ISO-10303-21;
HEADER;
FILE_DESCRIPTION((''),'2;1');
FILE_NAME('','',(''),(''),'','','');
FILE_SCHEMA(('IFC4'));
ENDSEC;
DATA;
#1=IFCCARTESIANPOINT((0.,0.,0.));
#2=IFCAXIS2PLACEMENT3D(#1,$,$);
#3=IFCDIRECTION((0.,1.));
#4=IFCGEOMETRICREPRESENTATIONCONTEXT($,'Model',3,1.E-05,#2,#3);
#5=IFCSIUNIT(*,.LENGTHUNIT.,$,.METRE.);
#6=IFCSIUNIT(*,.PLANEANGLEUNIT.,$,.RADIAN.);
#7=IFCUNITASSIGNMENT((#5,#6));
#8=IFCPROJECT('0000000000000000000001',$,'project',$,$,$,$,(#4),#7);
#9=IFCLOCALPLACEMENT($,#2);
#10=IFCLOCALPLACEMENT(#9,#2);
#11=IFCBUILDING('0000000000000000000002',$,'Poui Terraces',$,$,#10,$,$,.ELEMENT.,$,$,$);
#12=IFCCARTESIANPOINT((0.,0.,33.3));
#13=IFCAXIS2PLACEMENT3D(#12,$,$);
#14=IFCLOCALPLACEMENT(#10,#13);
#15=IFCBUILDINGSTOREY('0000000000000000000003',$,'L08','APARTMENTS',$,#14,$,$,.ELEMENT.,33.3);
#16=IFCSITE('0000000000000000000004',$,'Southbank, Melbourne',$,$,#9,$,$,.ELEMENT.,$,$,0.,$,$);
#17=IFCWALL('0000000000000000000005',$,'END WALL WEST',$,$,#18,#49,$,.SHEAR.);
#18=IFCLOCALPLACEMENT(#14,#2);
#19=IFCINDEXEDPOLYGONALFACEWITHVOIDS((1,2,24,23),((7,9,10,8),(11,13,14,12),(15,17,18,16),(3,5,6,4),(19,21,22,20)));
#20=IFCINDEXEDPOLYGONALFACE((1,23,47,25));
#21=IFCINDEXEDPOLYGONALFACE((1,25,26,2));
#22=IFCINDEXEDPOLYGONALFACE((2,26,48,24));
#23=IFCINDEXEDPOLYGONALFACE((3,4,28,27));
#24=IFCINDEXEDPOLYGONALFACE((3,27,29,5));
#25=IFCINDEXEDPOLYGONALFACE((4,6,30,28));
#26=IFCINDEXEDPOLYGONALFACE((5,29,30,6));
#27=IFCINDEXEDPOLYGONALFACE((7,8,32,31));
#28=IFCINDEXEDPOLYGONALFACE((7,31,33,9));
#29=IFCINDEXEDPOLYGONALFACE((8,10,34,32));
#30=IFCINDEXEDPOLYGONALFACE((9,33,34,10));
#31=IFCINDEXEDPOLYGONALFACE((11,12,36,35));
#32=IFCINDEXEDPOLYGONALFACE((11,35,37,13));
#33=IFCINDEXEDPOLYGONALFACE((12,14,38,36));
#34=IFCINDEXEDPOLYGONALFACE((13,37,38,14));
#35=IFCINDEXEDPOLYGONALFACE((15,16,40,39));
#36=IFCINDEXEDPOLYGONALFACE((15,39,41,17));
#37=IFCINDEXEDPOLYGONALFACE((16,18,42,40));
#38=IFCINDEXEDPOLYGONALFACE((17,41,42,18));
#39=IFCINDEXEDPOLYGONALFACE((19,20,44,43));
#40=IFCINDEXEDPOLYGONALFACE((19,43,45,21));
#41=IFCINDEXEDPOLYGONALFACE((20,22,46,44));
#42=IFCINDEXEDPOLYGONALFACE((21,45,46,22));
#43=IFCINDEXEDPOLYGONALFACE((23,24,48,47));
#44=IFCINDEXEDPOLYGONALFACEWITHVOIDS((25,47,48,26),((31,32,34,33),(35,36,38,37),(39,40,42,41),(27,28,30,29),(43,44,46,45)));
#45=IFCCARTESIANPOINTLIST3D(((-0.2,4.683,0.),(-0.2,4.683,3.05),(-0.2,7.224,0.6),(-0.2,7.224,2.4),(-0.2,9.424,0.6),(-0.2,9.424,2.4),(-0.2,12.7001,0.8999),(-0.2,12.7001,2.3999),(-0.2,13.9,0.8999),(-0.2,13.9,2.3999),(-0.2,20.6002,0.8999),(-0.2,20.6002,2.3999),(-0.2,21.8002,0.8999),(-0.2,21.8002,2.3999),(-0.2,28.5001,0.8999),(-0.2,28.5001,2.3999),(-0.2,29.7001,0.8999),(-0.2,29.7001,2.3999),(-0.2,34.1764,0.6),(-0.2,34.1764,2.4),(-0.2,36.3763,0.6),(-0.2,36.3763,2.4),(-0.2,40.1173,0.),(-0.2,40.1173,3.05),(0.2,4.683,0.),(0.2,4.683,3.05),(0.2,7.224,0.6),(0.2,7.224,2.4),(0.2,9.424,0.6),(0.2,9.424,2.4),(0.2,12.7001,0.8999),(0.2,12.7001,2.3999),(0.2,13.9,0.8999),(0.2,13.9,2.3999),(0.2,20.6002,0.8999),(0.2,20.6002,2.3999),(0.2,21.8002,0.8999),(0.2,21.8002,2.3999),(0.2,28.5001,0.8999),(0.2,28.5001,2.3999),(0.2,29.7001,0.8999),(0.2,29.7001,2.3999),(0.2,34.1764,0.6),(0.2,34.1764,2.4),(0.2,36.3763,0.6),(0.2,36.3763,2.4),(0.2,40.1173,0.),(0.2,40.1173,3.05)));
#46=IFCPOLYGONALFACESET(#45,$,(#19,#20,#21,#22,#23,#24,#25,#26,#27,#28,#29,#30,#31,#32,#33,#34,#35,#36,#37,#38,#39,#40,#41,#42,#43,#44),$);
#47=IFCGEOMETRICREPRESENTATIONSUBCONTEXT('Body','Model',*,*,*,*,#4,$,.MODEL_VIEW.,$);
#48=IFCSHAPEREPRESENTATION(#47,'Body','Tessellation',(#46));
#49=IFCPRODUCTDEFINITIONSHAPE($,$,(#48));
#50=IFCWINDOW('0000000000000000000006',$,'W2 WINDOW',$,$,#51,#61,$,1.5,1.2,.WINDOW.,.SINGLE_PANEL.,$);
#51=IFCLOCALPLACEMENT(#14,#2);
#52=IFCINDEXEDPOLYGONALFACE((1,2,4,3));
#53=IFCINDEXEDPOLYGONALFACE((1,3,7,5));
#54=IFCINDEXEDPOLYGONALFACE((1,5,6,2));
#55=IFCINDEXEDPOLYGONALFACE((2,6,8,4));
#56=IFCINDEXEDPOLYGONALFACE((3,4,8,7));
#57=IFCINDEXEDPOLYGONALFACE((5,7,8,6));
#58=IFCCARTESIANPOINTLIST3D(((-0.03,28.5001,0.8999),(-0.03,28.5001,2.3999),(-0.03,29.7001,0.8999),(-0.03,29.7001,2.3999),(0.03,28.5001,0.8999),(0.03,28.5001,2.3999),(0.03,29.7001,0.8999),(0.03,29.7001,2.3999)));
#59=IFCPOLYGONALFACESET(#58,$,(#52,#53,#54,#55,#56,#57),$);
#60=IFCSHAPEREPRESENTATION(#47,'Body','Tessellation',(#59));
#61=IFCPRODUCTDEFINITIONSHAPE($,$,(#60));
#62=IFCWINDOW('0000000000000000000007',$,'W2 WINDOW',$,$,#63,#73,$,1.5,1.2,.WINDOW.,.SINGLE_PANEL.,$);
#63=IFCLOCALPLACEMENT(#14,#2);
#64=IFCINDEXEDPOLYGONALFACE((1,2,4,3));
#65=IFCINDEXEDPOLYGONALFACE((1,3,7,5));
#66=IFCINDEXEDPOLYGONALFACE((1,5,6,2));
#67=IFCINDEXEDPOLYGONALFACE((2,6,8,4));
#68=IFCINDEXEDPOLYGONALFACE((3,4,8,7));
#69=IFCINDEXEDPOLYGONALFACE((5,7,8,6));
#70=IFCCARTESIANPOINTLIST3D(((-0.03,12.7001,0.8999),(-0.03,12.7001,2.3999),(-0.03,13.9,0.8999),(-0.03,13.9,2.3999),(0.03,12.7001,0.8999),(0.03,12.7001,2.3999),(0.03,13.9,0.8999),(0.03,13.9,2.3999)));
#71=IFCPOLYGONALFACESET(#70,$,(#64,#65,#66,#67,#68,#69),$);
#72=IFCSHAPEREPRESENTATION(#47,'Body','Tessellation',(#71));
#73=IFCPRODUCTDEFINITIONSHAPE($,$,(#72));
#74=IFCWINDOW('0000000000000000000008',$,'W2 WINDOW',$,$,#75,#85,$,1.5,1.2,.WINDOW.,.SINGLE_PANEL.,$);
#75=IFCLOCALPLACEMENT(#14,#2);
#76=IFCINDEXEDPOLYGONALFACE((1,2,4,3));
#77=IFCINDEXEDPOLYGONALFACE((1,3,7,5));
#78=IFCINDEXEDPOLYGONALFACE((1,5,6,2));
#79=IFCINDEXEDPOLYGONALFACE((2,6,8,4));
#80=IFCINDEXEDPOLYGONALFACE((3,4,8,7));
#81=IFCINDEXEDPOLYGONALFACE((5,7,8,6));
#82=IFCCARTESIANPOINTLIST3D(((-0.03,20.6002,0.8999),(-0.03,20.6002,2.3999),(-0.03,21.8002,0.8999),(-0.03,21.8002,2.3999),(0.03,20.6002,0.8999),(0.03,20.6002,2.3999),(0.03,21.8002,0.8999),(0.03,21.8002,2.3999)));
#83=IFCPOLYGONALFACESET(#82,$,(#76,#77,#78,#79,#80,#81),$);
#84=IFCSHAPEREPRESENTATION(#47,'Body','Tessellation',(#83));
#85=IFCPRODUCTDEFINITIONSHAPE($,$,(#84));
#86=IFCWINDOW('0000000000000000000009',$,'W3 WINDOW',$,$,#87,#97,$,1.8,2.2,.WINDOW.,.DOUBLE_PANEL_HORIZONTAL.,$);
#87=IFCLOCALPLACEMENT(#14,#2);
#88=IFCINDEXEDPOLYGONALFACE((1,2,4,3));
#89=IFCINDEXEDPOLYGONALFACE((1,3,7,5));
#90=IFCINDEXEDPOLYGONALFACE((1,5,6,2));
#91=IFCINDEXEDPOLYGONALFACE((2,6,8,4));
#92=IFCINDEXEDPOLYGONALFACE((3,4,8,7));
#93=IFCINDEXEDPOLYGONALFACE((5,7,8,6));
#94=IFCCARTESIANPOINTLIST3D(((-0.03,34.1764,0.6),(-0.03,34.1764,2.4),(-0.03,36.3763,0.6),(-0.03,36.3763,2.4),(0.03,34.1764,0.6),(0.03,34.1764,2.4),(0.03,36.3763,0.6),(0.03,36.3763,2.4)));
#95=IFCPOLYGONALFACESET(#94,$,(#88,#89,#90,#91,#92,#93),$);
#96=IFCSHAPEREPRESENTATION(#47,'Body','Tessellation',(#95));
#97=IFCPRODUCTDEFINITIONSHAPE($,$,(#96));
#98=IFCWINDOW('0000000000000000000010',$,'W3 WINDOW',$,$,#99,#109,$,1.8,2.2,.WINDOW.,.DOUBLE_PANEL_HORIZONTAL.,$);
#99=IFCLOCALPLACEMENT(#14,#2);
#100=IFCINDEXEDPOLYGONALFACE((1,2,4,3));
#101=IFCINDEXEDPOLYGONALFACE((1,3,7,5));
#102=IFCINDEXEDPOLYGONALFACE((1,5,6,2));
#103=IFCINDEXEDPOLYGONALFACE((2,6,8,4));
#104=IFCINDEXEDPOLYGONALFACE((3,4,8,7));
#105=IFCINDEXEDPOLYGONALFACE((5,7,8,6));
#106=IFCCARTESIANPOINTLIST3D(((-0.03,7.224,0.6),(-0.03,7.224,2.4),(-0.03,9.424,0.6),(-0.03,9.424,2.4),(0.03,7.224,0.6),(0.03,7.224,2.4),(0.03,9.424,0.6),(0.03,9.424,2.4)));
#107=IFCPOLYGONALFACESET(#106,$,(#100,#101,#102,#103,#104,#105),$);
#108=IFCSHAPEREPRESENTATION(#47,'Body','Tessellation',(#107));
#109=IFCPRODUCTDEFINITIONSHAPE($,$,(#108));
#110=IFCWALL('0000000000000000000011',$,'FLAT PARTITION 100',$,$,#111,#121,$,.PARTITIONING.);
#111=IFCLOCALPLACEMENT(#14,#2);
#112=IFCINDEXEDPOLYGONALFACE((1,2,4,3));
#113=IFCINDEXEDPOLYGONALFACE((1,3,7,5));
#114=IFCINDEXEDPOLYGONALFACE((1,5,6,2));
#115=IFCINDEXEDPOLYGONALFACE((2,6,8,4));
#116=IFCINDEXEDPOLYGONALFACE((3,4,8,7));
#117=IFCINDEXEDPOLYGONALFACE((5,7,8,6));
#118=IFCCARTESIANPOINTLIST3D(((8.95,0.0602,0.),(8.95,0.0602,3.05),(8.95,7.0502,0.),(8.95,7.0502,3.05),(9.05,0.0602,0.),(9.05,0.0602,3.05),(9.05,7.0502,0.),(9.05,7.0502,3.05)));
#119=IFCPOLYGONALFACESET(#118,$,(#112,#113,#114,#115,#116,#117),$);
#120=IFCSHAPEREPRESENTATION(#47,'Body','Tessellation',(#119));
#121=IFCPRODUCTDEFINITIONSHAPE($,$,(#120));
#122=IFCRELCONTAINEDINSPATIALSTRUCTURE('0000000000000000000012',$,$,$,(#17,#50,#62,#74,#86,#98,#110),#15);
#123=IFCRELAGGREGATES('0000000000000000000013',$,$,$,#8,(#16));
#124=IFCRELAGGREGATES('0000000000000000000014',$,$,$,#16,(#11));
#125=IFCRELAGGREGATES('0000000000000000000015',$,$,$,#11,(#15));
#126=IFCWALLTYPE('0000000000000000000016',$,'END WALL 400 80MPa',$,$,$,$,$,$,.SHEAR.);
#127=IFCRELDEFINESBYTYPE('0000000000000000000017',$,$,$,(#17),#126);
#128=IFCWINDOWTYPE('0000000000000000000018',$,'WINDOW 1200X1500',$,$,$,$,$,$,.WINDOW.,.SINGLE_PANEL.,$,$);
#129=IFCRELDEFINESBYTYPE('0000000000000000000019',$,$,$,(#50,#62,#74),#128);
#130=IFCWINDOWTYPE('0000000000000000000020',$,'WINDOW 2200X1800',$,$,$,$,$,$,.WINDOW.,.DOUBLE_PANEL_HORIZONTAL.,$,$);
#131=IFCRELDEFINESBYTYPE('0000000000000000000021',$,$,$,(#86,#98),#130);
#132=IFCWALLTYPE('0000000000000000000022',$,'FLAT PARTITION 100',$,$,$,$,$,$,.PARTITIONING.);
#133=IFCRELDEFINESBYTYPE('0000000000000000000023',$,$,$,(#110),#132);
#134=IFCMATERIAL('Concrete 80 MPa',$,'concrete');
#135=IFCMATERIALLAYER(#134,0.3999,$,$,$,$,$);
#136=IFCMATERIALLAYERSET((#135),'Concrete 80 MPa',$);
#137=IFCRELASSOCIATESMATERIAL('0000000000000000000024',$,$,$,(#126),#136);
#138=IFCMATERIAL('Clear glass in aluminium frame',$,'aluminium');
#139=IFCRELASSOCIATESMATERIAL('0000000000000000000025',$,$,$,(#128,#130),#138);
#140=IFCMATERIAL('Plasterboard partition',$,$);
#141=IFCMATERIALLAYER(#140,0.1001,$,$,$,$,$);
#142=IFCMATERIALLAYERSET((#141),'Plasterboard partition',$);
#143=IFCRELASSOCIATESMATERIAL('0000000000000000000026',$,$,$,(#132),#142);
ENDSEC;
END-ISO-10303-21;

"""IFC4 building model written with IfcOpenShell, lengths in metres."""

from ifc_helpers import new_model, si_unit, direction, frame, frame_2d, origin, place, context, subcontext, project, spatial, rectangle, extrude, material, layer, layer_set, type_object, element, fill, save


model = new_model("IFC4")

# Units and contexts
model_context = context("Model", 3, precision=1e-05, world=origin(), true_north=direction((0.0, 1.0)))
body_context = subcontext(model_context, "Body", "Model", "MODEL_VIEW")
ifc_project = project(units=[si_unit("LENGTHUNIT", "METRE"), si_unit("PLANEANGLEUNIT", "RADIAN")], contexts=[model_context])

# Site, building, storey
site_placement = place(None, origin())
site = spatial("IfcSite", under=ifc_project, at=site_placement, Name="Southbank, Melbourne", CompositionType="ELEMENT", RefElevation=0.0)
building_placement = place(site_placement, origin())
building = spatial("IfcBuilding", under=site, at=building_placement, Name="Poui Terraces", CompositionType="ELEMENT")
storey_placement = place(building_placement, frame((0.0, 0.0, 33.3)))
storey = spatial("IfcBuildingStorey", under=building, at=storey_placement, Name="L08", Description="APARTMENTS", CompositionType="ELEMENT", Elevation=33.3)

# Shared definitions
ifc_material_1 = material(Name="Concrete 80 MPa", Category="concrete")

# Wall, openings, windows
ifc_layer_1 = layer(ifc_material_1, 0.3999)
ifc_layer_set_1 = layer_set([ifc_layer_1], Name="Concrete 80 MPa")
wall_type_1 = type_object("IfcWallType", Name="END WALL 400 80MPa", PredefinedType="SHEAR", material=ifc_layer_set_1)
wall_1_placement = place(storey_placement, frame((0.0, 4.6829, 0.0), z_axis=(0.0, 0.0, 1.0), x_axis=(0.0, 1.0, 0.0)))
wall_1 = element("IfcWall", 1, at=wall_1_placement, inside=storey, type_object=wall_type_1, Name="END WALL WEST", PredefinedType="SHEAR", context=body_context, shape_type="SweptSolid", body=[
    extrude(rectangle(XDim=35.4343, YDim=0.3999, at=frame_2d((17.7173, 0.0))), origin(), (0.0, 0.0, 1.0), 3.05),
])
opening_1_placement = place(wall_1_placement, frame((23.8171, 0.0, 0.8999)))
opening_1 = element("IfcOpeningElement", 2, at=opening_1_placement, cuts=wall_1, PredefinedType="OPENING", context=body_context, shape_type="SweptSolid", body=[
    extrude(rectangle(XDim=1.2, YDim=1.5, at=frame_2d((0.6001, 0.75))), frame((0.0, 0.21, 0.0), z_axis=(0.0, -1.0, 0.0), x_axis=(1.0, 0.0, 0.0)), (0.0, 0.0, 1.0), 0.4199),
])
opening_2_placement = place(wall_1_placement, frame((8.0171, 0.0, 0.8999)))
opening_2 = element("IfcOpeningElement", 3, at=opening_2_placement, cuts=wall_1, PredefinedType="OPENING", context=body_context, shape_type="SweptSolid", body=[
    extrude(rectangle(XDim=1.2, YDim=1.5, at=frame_2d((0.6001, 0.75))), frame((0.0, 0.21, 0.0), z_axis=(0.0, -1.0, 0.0), x_axis=(1.0, 0.0, 0.0)), (0.0, 0.0, 1.0), 0.4199),
])
opening_3_placement = place(wall_1_placement, frame((15.9172, 0.0, 0.8999)))
opening_3 = element("IfcOpeningElement", 4, at=opening_3_placement, cuts=wall_1, PredefinedType="OPENING", context=body_context, shape_type="SweptSolid", body=[
    extrude(rectangle(XDim=1.2, YDim=1.5, at=frame_2d((0.6001, 0.75))), frame((0.0, 0.21, 0.0), z_axis=(0.0, -1.0, 0.0), x_axis=(1.0, 0.0, 0.0)), (0.0, 0.0, 1.0), 0.4199),
])
opening_4_placement = place(wall_1_placement, frame((29.4934, 0.0, 0.6001)))
opening_4 = element("IfcOpeningElement", 5, at=opening_4_placement, cuts=wall_1, PredefinedType="OPENING", context=body_context, shape_type="SweptSolid", body=[
    extrude(rectangle(XDim=2.2, YDim=1.8, at=frame_2d((1.1001, 0.8999))), frame((0.0, 0.21, 0.0), z_axis=(0.0, -1.0, 0.0), x_axis=(1.0, 0.0, 0.0)), (0.0, 0.0, 1.0), 0.4199),
])
opening_5_placement = place(wall_1_placement, frame((2.541, 0.0, 0.6001)))
opening_5 = element("IfcOpeningElement", 6, at=opening_5_placement, cuts=wall_1, PredefinedType="OPENING", context=body_context, shape_type="SweptSolid", body=[
    extrude(rectangle(XDim=2.2, YDim=1.8, at=frame_2d((1.1001, 0.8999))), frame((0.0, 0.21, 0.0), z_axis=(0.0, -1.0, 0.0), x_axis=(1.0, 0.0, 0.0)), (0.0, 0.0, 1.0), 0.4199),
])
ifc_material_2 = material(Name="Clear glass in aluminium frame", Category="aluminium")
window_type_1 = type_object("IfcWindowType", Name="WINDOW 1200X1500", PartitioningType="SINGLE_PANEL", PredefinedType="WINDOW", material=ifc_material_2)
window_1_placement = place(opening_1_placement, origin())
window_1 = element("IfcWindow", 7, at=window_1_placement, inside=storey, type_object=window_type_1, Name="W2 WINDOW", OverallHeight=1.5, OverallWidth=1.2, PartitioningType="SINGLE_PANEL", PredefinedType="WINDOW", context=body_context, shape_type="SweptSolid", body=[
    extrude(rectangle(XDim=1.2, YDim=1.5, at=frame_2d((0.6001, 0.75))), frame((0.0, 0.03, 0.0), z_axis=(0.0, -1.0, 0.0), x_axis=(1.0, 0.0, 0.0)), (0.0, 0.0, 1.0), 0.0601),
])
fill(opening_1, window_1)
window_2_placement = place(opening_2_placement, origin())
window_2 = element("IfcWindow", 8, at=window_2_placement, inside=storey, type_object=window_type_1, Name="W2 WINDOW", OverallHeight=1.5, OverallWidth=1.2, PartitioningType="SINGLE_PANEL", PredefinedType="WINDOW", context=body_context, shape_type="SweptSolid", body=[
    extrude(rectangle(XDim=1.2, YDim=1.5, at=frame_2d((0.6001, 0.75))), frame((0.0, 0.03, 0.0), z_axis=(0.0, -1.0, 0.0), x_axis=(1.0, 0.0, 0.0)), (0.0, 0.0, 1.0), 0.0601),
])
fill(opening_2, window_2)
window_3_placement = place(opening_3_placement, origin())
window_3 = element("IfcWindow", 9, at=window_3_placement, inside=storey, type_object=window_type_1, Name="W2 WINDOW", OverallHeight=1.5, OverallWidth=1.2, PartitioningType="SINGLE_PANEL", PredefinedType="WINDOW", context=body_context, shape_type="SweptSolid", body=[
    extrude(rectangle(XDim=1.2, YDim=1.5, at=frame_2d((0.6001, 0.75))), frame((0.0, 0.03, 0.0), z_axis=(0.0, -1.0, 0.0), x_axis=(1.0, 0.0, 0.0)), (0.0, 0.0, 1.0), 0.0601),
])
fill(opening_3, window_3)
window_type_2 = type_object("IfcWindowType", Name="WINDOW 2200X1800", PartitioningType="DOUBLE_PANEL_HORIZONTAL", PredefinedType="WINDOW", material=ifc_material_2)
window_4_placement = place(opening_4_placement, origin())
window_4 = element("IfcWindow", 10, at=window_4_placement, inside=storey, type_object=window_type_2, Name="W3 WINDOW", OverallHeight=1.8, OverallWidth=2.2, PartitioningType="DOUBLE_PANEL_HORIZONTAL", PredefinedType="WINDOW", context=body_context, shape_type="SweptSolid", body=[
    extrude(rectangle(XDim=2.2, YDim=1.8, at=frame_2d((1.1001, 0.8999))), frame((0.0, 0.03, 0.0), z_axis=(0.0, -1.0, 0.0), x_axis=(1.0, 0.0, 0.0)), (0.0, 0.0, 1.0), 0.0601),
])
fill(opening_4, window_4)
window_5_placement = place(opening_5_placement, origin())
window_5 = element("IfcWindow", 11, at=window_5_placement, inside=storey, type_object=window_type_2, Name="W3 WINDOW", OverallHeight=1.8, OverallWidth=2.2, PartitioningType="DOUBLE_PANEL_HORIZONTAL", PredefinedType="WINDOW", context=body_context, shape_type="SweptSolid", body=[
    extrude(rectangle(XDim=2.2, YDim=1.8, at=frame_2d((1.1001, 0.8999))), frame((0.0, 0.03, 0.0), z_axis=(0.0, -1.0, 0.0), x_axis=(1.0, 0.0, 0.0)), (0.0, 0.0, 1.0), 0.0601),
])
fill(opening_5, window_5)

# Wall
ifc_material_3 = material(Name="Plasterboard partition")
ifc_layer_2 = layer(ifc_material_3, 0.1001)
ifc_layer_set_2 = layer_set([ifc_layer_2], Name="Plasterboard partition")
wall_type_2 = type_object("IfcWallType", Name="FLAT PARTITION 100", PredefinedType="PARTITIONING", material=ifc_layer_set_2)
wall_2_placement = place(storey_placement, frame((9.0, 0.0601, 0.0), z_axis=(0.0, 0.0, 1.0), x_axis=(0.0, 1.0, 0.0)))
element("IfcWall", 12, at=wall_2_placement, inside=storey, type_object=wall_type_2, Name="FLAT PARTITION 100", PredefinedType="PARTITIONING", context=body_context, shape_type="SweptSolid", body=[
    extrude(rectangle(XDim=6.99, YDim=0.1001, at=frame_2d((3.4951, 0.0))), origin(), (0.0, 0.0, 1.0), 3.05),
])

save(model, "model.ifc")
